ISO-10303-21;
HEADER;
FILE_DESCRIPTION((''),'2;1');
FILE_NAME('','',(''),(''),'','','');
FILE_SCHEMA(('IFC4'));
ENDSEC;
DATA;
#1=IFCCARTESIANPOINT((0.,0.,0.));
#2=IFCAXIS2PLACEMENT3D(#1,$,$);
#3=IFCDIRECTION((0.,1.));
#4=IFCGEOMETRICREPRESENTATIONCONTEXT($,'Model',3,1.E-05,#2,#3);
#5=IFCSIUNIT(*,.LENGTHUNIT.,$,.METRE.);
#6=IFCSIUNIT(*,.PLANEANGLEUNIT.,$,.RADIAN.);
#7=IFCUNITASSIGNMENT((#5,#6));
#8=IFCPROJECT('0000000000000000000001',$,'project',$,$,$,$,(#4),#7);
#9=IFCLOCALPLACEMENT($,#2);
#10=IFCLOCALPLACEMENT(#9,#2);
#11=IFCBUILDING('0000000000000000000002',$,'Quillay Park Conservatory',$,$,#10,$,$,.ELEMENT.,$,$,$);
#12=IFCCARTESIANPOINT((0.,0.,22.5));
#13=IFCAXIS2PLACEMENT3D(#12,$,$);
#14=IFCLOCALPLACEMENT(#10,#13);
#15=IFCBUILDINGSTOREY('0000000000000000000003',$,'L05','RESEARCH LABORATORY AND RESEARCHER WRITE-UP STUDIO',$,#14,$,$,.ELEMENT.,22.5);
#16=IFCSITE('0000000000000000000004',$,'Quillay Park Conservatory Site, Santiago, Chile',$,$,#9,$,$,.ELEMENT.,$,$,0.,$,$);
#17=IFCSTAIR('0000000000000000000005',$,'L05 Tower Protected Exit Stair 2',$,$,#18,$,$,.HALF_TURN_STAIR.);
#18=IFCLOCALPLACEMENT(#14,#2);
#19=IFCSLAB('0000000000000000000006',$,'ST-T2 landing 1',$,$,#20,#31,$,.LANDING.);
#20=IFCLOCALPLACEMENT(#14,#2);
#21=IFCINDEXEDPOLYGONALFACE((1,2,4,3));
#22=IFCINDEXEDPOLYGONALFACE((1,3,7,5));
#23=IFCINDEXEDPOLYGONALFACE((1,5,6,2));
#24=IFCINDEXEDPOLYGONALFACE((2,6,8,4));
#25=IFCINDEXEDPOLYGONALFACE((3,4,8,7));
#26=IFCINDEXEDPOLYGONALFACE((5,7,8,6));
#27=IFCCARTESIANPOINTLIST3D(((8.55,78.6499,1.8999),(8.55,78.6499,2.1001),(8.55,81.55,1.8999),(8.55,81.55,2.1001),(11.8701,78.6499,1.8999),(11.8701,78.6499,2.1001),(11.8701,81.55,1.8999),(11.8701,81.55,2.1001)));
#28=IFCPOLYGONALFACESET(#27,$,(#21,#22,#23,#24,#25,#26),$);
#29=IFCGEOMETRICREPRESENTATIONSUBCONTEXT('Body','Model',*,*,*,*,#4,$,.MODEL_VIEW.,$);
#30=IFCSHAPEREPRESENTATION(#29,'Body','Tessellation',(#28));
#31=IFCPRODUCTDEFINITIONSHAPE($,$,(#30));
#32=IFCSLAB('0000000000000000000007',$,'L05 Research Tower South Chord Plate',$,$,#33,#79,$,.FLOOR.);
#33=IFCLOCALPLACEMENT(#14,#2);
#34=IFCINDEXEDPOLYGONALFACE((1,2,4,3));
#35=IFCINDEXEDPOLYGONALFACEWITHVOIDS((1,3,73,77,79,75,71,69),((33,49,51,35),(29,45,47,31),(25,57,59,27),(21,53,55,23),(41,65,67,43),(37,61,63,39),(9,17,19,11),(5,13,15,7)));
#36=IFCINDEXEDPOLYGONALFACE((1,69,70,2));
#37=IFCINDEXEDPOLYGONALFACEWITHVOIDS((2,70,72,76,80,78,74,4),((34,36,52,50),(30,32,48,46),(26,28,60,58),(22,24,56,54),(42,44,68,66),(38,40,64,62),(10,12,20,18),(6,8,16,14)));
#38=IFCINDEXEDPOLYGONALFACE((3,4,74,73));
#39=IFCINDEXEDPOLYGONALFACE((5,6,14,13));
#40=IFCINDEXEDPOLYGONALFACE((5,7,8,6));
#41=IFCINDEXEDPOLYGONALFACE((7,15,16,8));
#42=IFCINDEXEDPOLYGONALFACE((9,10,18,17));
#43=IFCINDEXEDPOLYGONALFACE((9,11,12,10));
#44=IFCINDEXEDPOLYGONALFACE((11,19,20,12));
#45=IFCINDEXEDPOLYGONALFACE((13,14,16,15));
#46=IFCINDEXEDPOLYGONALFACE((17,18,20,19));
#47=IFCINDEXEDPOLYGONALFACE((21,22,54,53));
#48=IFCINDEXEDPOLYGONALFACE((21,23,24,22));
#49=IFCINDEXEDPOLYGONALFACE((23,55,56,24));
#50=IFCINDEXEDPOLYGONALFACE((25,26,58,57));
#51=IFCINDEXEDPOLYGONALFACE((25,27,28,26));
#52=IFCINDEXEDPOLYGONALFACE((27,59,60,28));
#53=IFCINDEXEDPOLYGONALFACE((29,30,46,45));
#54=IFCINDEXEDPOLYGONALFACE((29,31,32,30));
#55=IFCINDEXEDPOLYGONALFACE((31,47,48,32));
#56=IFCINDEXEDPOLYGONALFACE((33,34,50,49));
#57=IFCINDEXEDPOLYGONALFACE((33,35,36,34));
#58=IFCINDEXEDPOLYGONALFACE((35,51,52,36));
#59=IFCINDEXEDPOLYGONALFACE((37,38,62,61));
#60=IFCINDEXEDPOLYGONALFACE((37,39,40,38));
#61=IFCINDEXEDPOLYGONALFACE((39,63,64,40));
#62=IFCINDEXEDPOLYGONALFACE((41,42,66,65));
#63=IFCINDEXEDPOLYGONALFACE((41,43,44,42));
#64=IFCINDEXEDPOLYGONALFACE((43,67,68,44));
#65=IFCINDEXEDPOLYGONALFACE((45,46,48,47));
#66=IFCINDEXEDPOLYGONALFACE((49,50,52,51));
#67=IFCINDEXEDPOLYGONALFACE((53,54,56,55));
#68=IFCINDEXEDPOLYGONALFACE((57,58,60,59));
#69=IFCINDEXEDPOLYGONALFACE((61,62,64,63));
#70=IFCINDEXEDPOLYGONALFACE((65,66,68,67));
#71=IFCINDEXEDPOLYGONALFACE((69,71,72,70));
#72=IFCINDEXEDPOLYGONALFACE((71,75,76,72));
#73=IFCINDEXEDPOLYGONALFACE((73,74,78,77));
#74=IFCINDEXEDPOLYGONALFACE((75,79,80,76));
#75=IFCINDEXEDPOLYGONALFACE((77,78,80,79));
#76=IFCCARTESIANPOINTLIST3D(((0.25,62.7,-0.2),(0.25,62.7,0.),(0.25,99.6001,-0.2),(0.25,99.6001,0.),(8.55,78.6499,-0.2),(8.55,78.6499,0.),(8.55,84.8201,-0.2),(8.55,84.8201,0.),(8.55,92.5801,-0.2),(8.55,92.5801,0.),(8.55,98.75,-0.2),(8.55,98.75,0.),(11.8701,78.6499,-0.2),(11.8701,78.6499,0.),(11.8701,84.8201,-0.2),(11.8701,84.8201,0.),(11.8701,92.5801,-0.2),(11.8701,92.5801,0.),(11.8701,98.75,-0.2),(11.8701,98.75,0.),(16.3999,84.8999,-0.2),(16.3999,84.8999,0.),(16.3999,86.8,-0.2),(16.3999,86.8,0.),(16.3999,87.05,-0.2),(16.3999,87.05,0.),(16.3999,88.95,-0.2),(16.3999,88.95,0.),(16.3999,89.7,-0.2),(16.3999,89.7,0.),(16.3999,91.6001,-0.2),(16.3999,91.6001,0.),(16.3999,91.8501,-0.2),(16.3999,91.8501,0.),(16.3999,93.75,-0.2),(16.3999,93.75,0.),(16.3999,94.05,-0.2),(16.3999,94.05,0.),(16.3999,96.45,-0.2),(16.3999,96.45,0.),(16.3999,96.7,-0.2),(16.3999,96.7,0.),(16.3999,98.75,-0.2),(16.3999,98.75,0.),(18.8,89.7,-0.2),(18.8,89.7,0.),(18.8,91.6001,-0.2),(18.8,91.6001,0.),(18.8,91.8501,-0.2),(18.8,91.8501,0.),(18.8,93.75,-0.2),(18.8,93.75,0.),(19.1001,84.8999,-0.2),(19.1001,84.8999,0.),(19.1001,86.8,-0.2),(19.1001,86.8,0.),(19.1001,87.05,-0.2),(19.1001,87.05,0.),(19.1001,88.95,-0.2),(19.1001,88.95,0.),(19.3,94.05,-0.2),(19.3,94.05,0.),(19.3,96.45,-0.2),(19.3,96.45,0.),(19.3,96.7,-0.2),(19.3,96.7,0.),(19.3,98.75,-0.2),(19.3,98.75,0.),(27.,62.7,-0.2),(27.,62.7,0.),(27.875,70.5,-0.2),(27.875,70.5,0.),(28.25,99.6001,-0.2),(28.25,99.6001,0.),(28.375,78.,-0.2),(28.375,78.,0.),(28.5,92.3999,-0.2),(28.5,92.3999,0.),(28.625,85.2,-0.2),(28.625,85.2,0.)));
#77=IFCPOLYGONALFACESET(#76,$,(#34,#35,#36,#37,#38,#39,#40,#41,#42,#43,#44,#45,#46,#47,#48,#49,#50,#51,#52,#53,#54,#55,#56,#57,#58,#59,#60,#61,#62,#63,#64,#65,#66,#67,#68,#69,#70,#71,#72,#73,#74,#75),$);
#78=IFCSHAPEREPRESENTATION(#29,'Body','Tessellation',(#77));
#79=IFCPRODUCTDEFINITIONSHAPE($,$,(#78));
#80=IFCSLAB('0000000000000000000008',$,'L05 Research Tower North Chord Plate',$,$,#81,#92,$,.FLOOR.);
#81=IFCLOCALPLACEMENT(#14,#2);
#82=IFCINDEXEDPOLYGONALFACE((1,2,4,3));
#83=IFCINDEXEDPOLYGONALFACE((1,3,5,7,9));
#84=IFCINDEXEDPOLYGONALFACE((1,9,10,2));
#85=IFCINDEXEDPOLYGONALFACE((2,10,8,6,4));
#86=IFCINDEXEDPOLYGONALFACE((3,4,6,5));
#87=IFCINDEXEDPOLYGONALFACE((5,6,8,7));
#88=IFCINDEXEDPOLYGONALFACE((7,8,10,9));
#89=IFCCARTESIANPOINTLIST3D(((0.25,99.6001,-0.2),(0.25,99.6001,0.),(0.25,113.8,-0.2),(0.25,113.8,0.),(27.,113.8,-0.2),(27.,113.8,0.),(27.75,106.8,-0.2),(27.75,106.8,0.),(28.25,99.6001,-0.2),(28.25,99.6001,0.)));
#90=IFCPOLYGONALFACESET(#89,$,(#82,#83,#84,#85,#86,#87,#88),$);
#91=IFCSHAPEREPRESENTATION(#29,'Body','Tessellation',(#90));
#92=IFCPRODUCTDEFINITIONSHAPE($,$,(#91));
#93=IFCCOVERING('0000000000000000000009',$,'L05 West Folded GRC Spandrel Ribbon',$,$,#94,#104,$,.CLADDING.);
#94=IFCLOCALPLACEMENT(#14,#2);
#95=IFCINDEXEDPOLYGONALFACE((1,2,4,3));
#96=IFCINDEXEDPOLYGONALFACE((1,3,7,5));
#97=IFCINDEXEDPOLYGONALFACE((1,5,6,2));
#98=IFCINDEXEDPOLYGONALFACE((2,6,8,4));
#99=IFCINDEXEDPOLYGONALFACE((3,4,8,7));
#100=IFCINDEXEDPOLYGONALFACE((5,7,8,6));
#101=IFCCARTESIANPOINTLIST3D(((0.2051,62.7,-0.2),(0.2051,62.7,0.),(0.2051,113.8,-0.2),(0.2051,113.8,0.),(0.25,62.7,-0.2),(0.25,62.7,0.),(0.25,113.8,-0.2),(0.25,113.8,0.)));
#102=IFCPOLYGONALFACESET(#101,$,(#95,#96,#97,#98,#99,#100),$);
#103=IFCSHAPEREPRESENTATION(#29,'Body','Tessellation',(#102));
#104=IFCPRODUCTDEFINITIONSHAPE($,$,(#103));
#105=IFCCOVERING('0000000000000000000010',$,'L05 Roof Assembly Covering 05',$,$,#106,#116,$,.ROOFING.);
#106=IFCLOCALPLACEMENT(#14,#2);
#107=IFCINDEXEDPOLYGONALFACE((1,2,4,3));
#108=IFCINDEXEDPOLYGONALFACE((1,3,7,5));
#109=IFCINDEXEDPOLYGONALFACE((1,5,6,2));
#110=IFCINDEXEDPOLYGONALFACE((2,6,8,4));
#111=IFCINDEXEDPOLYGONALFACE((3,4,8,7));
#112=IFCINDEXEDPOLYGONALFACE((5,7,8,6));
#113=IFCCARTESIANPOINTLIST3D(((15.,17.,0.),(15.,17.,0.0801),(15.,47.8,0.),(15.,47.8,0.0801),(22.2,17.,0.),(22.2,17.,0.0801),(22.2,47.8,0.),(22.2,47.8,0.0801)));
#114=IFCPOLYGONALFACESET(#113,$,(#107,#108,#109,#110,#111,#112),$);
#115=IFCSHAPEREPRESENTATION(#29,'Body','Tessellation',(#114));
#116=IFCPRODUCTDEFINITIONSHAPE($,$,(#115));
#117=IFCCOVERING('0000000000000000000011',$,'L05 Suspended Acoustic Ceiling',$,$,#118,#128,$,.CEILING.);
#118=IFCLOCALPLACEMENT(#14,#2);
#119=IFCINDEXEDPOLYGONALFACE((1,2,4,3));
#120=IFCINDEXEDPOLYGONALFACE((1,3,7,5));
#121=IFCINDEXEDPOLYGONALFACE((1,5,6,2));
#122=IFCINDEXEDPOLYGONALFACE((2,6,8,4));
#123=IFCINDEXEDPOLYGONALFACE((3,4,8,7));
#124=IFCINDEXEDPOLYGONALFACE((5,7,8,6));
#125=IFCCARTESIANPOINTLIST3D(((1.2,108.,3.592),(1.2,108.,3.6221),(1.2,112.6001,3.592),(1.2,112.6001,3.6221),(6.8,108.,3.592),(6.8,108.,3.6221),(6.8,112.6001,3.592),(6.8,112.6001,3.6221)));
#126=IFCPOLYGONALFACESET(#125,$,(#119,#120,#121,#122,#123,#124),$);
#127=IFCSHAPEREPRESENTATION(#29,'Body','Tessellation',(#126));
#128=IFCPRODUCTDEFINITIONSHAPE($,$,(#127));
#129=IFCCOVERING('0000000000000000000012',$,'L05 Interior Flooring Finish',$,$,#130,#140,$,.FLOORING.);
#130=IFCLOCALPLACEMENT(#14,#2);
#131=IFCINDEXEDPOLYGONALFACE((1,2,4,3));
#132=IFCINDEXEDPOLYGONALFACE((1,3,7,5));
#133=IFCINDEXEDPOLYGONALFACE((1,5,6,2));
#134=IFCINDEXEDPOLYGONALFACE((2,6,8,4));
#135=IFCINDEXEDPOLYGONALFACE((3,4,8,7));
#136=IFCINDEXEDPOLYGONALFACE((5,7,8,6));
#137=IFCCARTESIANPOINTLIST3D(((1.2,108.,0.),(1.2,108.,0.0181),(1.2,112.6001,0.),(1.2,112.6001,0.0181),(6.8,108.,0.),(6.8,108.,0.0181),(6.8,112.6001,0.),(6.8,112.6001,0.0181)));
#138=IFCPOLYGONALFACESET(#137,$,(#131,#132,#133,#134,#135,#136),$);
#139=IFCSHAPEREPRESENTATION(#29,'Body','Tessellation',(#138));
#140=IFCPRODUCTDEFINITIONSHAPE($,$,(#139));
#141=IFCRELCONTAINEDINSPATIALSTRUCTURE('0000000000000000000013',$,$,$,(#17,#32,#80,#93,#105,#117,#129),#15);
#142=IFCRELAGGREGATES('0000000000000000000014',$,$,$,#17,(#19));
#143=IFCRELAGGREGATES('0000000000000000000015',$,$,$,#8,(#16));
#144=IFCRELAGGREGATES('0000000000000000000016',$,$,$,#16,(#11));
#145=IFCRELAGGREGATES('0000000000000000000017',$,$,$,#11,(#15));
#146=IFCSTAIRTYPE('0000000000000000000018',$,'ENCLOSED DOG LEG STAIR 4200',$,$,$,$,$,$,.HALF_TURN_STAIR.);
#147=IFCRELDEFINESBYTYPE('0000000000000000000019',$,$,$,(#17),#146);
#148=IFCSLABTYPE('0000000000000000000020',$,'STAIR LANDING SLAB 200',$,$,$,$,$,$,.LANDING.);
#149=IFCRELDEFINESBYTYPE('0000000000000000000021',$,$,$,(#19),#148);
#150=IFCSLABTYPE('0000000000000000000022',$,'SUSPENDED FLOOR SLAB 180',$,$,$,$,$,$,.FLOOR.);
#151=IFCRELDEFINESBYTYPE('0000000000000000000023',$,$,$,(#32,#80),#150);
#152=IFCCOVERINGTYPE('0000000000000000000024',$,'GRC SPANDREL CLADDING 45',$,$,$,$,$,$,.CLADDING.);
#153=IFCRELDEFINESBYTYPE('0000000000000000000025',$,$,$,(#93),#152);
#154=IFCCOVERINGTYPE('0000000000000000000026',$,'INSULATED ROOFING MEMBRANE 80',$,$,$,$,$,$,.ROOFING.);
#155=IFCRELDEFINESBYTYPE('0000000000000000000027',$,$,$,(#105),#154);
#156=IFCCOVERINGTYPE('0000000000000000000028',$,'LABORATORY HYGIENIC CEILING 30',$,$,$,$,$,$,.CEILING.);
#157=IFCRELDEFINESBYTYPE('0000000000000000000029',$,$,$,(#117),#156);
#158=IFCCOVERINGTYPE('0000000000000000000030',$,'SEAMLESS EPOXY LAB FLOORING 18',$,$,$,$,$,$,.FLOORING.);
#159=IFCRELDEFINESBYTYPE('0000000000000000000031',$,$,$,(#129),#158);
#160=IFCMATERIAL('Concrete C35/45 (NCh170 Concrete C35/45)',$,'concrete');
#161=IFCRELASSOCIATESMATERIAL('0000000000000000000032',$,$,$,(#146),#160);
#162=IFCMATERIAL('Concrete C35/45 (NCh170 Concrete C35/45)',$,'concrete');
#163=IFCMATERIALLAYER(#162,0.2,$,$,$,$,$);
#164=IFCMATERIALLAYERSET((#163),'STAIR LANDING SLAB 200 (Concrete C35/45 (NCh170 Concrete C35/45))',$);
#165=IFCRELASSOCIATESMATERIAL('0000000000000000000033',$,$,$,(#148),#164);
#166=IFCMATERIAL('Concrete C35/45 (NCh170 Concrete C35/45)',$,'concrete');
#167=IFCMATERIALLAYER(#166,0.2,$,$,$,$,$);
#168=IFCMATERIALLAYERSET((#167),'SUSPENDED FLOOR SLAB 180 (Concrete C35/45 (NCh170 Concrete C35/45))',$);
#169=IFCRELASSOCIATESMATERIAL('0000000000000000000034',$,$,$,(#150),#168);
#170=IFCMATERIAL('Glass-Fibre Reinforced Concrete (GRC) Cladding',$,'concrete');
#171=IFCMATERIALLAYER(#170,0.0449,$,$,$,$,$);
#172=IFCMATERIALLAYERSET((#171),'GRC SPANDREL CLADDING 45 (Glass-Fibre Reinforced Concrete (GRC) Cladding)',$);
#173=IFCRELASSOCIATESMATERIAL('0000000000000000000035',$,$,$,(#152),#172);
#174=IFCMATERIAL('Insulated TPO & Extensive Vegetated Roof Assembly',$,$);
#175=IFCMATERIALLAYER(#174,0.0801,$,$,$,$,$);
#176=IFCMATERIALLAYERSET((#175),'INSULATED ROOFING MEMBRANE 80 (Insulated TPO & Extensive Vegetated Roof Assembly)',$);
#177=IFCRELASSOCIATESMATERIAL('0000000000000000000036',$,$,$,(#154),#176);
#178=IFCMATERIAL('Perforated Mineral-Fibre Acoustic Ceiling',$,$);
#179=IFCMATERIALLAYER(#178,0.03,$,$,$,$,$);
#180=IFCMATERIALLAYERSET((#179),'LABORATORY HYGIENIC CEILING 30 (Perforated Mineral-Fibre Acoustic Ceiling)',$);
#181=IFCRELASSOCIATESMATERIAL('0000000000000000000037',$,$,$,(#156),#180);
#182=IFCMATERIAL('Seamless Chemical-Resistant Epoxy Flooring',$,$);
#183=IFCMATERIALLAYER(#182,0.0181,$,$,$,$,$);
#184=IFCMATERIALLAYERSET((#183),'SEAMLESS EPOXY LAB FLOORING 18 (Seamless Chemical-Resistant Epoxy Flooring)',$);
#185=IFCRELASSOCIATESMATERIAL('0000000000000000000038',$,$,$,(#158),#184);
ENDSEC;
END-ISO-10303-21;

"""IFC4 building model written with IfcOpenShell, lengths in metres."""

from ifc_helpers import new_model, si_unit, direction, frame, origin, place, context, subcontext, project, spatial, polyline, outline, extrude, material, layer, layer_set, type_object, element, aggregate, save


model = new_model("IFC4")

# Units and contexts
model_context = context("Model", 3, precision=1e-05, world=origin(), true_north=direction((0.0, 1.0)))
body_context = subcontext(model_context, "Body", "Model", "MODEL_VIEW")
ifc_project = project(units=[si_unit("LENGTHUNIT", "METRE"), si_unit("PLANEANGLEUNIT", "RADIAN")], contexts=[model_context])

# Site, building, storey
site_placement = place(None, origin())
site = spatial("IfcSite", under=ifc_project, at=site_placement, Name="Quillay Park Conservatory Site, Santiago, Chile", CompositionType="ELEMENT", RefElevation=0.0)
building_placement = place(site_placement, origin())
building = spatial("IfcBuilding", under=site, at=building_placement, Name="Quillay Park Conservatory", CompositionType="ELEMENT")
storey_placement = place(building_placement, frame((0.0, 0.0, 22.5)))
storey = spatial("IfcBuildingStorey", under=building, at=storey_placement, Name="L05", Description="RESEARCH LABORATORY AND RESEARCHER WRITE-UP STUDIO", CompositionType="ELEMENT", Elevation=22.5)

# Stair, slab
ifc_material_1 = material(Name="Concrete C35/45 (NCh170 Concrete C35/45)", Category="concrete")
stair_type = type_object("IfcStairType", Name="ENCLOSED DOG LEG STAIR 4200", PredefinedType="HALF_TURN_STAIR", material=ifc_material_1)
ifc_material_2 = material(Name="Concrete C35/45 (NCh170 Concrete C35/45)", Category="concrete")
ifc_layer_1 = layer(ifc_material_2, 0.2)
ifc_layer_set_1 = layer_set([ifc_layer_1], Name="STAIR LANDING SLAB 200 (Concrete C35/45 (NCh170 Concrete C35/45))")
slab_type_1 = type_object("IfcSlabType", Name="STAIR LANDING SLAB 200", PredefinedType="LANDING", material=ifc_layer_set_1)
stair_1_placement = place(storey_placement, origin())
stair_1 = element("IfcStair", 1, at=stair_1_placement, inside=storey, type_object=stair_type, Name="L05 Tower Protected Exit Stair 2", PredefinedType="HALF_TURN_STAIR")
slab_1_placement = place(storey_placement, frame((0.0, 0.0, 1.8999)))
slab_1 = element("IfcSlab", 2, at=slab_1_placement, type_object=slab_type_1, Name="ST-T2 landing 1", PredefinedType="LANDING", context=body_context, shape_type="SweptSolid", body=[
    extrude(outline(polyline([(8.55, 81.55), (8.55, 78.6499), (11.8701, 78.6499), (11.8701, 81.55), (8.55, 81.55)])), origin(), (0.0, 0.0, 1.0), 0.2002),
])
aggregate(stair_1, [slab_1])

# Slabs
ifc_material_3 = material(Name="Concrete C35/45 (NCh170 Concrete C35/45)", Category="concrete")
ifc_layer_2 = layer(ifc_material_3, 0.2)
ifc_layer_set_2 = layer_set([ifc_layer_2], Name="SUSPENDED FLOOR SLAB 180 (Concrete C35/45 (NCh170 Concrete C35/45))")
slab_type_2 = type_object("IfcSlabType", Name="SUSPENDED FLOOR SLAB 180", PredefinedType="FLOOR", material=ifc_layer_set_2)
slab_2_placement = place(storey_placement, frame((0.0, 0.0, -0.2)))
element("IfcSlab", 3, at=slab_2_placement, inside=storey, type_object=slab_type_2, Name="L05 Research Tower South Chord Plate", PredefinedType="FLOOR", context=body_context, shape_type="SweptSolid", body=[
    extrude(outline(polyline([(0.25, 62.7), (27.0, 62.7), (27.875, 70.5), (28.375, 78.0), (28.625, 85.2), (28.5, 92.3999), (28.25, 99.6001), (0.25, 99.6001), (0.25, 62.7)]), holes=[polyline([(8.55, 92.5801), (11.8701, 92.5801), (11.8701, 98.75), (8.55, 98.75), (8.55, 92.5801)]), polyline([(8.55, 78.6499), (11.8701, 78.6499), (11.8701, 84.8201), (8.55, 84.8201), (8.55, 78.6499)]), polyline([(16.3999, 84.8999), (19.1001, 84.8999), (19.1001, 86.8), (16.3999, 86.8), (16.3999, 84.8999)]), polyline([(16.3999, 87.05), (19.1001, 87.05), (19.1001, 88.95), (16.3999, 88.95), (16.3999, 87.05)]), polyline([(16.3999, 89.7), (18.8, 89.7), (18.8, 91.6001), (16.3999, 91.6001), (16.3999, 89.7)]), polyline([(16.3999, 91.8501), (18.8, 91.8501), (18.8, 93.75), (16.3999, 93.75), (16.3999, 91.8501)]), polyline([(16.3999, 94.05), (19.3, 94.05), (19.3, 96.45), (16.3999, 96.45), (16.3999, 94.05)]), polyline([(16.3999, 96.7), (19.3, 96.7), (19.3, 98.75), (16.3999, 98.75), (16.3999, 96.7)])]), origin(), (0.0, 0.0, 1.0), 0.2),
])
slab_3_placement = place(storey_placement, frame((0.0, 0.0, -0.2)))
element("IfcSlab", 4, at=slab_3_placement, inside=storey, type_object=slab_type_2, Name="L05 Research Tower North Chord Plate", PredefinedType="FLOOR", context=body_context, shape_type="SweptSolid", body=[
    extrude(outline(polyline([(0.25, 99.6001), (28.25, 99.6001), (27.75, 106.8), (27.0, 113.8), (0.25, 113.8), (0.25, 99.6001)])), origin(), (0.0, 0.0, 1.0), 0.2),
])

# Coverings
ifc_material_4 = material(Name="Glass-Fibre Reinforced Concrete (GRC) Cladding", Category="concrete")
ifc_layer_3 = layer(ifc_material_4, 0.0449)
ifc_layer_set_3 = layer_set([ifc_layer_3], Name="GRC SPANDREL CLADDING 45 (Glass-Fibre Reinforced Concrete (GRC) Cladding)")
covering_type_1 = type_object("IfcCoveringType", Name="GRC SPANDREL CLADDING 45", PredefinedType="CLADDING", material=ifc_layer_set_3)
covering_1_placement = place(storey_placement, frame((0.0, 0.0, -0.2)))
element("IfcCovering", 5, at=covering_1_placement, inside=storey, type_object=covering_type_1, Name="L05 West Folded GRC Spandrel Ribbon", PredefinedType="CLADDING", context=body_context, shape_type="SweptSolid", body=[
    extrude(outline(polyline([(0.2051, 62.7), (0.25, 62.7), (0.25, 113.8), (0.2051, 113.8), (0.2051, 62.7)])), origin(), (0.0, 0.0, 1.0), 0.2),
])
ifc_material_5 = material(Name="Insulated TPO & Extensive Vegetated Roof Assembly")
ifc_layer_4 = layer(ifc_material_5, 0.0801)
ifc_layer_set_4 = layer_set([ifc_layer_4], Name="INSULATED ROOFING MEMBRANE 80 (Insulated TPO & Extensive Vegetated Roof Assembly)")
covering_type_2 = type_object("IfcCoveringType", Name="INSULATED ROOFING MEMBRANE 80", PredefinedType="ROOFING", material=ifc_layer_set_4)
covering_2_placement = place(storey_placement, origin())
element("IfcCovering", 6, at=covering_2_placement, inside=storey, type_object=covering_type_2, Name="L05 Roof Assembly Covering 05", PredefinedType="ROOFING", context=body_context, shape_type="SweptSolid", body=[
    extrude(outline(polyline([(15.0, 17.0), (22.2, 17.0), (22.2, 47.8), (15.0, 47.8), (15.0, 17.0)])), origin(), (0.0, 0.0, 1.0), 0.0801),
])
ifc_material_6 = material(Name="Perforated Mineral-Fibre Acoustic Ceiling")
ifc_layer_5 = layer(ifc_material_6, 0.03)
ifc_layer_set_5 = layer_set([ifc_layer_5], Name="LABORATORY HYGIENIC CEILING 30 (Perforated Mineral-Fibre Acoustic Ceiling)")
covering_type_3 = type_object("IfcCoveringType", Name="LABORATORY HYGIENIC CEILING 30", PredefinedType="CEILING", material=ifc_layer_set_5)
covering_3_placement = place(storey_placement, frame((0.0, 0.0, 3.592)))
element("IfcCovering", 7, at=covering_3_placement, inside=storey, type_object=covering_type_3, Name="L05 Suspended Acoustic Ceiling", PredefinedType="CEILING", context=body_context, shape_type="SweptSolid", body=[
    extrude(outline(polyline([(1.2, 108.0), (6.8, 108.0), (6.8, 112.6001), (1.2, 112.6001), (1.2, 108.0)])), origin(), (0.0, 0.0, 1.0), 0.03),
])
ifc_material_7 = material(Name="Seamless Chemical-Resistant Epoxy Flooring")
ifc_layer_6 = layer(ifc_material_7, 0.0181)
ifc_layer_set_6 = layer_set([ifc_layer_6], Name="SEAMLESS EPOXY LAB FLOORING 18 (Seamless Chemical-Resistant Epoxy Flooring)")
covering_type_4 = type_object("IfcCoveringType", Name="SEAMLESS EPOXY LAB FLOORING 18", PredefinedType="FLOORING", material=ifc_layer_set_6)
covering_4_placement = place(storey_placement, origin())
element("IfcCovering", 8, at=covering_4_placement, inside=storey, type_object=covering_type_4, Name="L05 Interior Flooring Finish", PredefinedType="FLOORING", context=body_context, shape_type="SweptSolid", body=[
    extrude(outline(polyline([(1.2, 108.0), (6.8, 108.0), (6.8, 112.6001), (1.2, 112.6001), (1.2, 108.0)])), origin(), (0.0, 0.0, 1.0), 0.0181),
])

save(model, "model.ifc")
